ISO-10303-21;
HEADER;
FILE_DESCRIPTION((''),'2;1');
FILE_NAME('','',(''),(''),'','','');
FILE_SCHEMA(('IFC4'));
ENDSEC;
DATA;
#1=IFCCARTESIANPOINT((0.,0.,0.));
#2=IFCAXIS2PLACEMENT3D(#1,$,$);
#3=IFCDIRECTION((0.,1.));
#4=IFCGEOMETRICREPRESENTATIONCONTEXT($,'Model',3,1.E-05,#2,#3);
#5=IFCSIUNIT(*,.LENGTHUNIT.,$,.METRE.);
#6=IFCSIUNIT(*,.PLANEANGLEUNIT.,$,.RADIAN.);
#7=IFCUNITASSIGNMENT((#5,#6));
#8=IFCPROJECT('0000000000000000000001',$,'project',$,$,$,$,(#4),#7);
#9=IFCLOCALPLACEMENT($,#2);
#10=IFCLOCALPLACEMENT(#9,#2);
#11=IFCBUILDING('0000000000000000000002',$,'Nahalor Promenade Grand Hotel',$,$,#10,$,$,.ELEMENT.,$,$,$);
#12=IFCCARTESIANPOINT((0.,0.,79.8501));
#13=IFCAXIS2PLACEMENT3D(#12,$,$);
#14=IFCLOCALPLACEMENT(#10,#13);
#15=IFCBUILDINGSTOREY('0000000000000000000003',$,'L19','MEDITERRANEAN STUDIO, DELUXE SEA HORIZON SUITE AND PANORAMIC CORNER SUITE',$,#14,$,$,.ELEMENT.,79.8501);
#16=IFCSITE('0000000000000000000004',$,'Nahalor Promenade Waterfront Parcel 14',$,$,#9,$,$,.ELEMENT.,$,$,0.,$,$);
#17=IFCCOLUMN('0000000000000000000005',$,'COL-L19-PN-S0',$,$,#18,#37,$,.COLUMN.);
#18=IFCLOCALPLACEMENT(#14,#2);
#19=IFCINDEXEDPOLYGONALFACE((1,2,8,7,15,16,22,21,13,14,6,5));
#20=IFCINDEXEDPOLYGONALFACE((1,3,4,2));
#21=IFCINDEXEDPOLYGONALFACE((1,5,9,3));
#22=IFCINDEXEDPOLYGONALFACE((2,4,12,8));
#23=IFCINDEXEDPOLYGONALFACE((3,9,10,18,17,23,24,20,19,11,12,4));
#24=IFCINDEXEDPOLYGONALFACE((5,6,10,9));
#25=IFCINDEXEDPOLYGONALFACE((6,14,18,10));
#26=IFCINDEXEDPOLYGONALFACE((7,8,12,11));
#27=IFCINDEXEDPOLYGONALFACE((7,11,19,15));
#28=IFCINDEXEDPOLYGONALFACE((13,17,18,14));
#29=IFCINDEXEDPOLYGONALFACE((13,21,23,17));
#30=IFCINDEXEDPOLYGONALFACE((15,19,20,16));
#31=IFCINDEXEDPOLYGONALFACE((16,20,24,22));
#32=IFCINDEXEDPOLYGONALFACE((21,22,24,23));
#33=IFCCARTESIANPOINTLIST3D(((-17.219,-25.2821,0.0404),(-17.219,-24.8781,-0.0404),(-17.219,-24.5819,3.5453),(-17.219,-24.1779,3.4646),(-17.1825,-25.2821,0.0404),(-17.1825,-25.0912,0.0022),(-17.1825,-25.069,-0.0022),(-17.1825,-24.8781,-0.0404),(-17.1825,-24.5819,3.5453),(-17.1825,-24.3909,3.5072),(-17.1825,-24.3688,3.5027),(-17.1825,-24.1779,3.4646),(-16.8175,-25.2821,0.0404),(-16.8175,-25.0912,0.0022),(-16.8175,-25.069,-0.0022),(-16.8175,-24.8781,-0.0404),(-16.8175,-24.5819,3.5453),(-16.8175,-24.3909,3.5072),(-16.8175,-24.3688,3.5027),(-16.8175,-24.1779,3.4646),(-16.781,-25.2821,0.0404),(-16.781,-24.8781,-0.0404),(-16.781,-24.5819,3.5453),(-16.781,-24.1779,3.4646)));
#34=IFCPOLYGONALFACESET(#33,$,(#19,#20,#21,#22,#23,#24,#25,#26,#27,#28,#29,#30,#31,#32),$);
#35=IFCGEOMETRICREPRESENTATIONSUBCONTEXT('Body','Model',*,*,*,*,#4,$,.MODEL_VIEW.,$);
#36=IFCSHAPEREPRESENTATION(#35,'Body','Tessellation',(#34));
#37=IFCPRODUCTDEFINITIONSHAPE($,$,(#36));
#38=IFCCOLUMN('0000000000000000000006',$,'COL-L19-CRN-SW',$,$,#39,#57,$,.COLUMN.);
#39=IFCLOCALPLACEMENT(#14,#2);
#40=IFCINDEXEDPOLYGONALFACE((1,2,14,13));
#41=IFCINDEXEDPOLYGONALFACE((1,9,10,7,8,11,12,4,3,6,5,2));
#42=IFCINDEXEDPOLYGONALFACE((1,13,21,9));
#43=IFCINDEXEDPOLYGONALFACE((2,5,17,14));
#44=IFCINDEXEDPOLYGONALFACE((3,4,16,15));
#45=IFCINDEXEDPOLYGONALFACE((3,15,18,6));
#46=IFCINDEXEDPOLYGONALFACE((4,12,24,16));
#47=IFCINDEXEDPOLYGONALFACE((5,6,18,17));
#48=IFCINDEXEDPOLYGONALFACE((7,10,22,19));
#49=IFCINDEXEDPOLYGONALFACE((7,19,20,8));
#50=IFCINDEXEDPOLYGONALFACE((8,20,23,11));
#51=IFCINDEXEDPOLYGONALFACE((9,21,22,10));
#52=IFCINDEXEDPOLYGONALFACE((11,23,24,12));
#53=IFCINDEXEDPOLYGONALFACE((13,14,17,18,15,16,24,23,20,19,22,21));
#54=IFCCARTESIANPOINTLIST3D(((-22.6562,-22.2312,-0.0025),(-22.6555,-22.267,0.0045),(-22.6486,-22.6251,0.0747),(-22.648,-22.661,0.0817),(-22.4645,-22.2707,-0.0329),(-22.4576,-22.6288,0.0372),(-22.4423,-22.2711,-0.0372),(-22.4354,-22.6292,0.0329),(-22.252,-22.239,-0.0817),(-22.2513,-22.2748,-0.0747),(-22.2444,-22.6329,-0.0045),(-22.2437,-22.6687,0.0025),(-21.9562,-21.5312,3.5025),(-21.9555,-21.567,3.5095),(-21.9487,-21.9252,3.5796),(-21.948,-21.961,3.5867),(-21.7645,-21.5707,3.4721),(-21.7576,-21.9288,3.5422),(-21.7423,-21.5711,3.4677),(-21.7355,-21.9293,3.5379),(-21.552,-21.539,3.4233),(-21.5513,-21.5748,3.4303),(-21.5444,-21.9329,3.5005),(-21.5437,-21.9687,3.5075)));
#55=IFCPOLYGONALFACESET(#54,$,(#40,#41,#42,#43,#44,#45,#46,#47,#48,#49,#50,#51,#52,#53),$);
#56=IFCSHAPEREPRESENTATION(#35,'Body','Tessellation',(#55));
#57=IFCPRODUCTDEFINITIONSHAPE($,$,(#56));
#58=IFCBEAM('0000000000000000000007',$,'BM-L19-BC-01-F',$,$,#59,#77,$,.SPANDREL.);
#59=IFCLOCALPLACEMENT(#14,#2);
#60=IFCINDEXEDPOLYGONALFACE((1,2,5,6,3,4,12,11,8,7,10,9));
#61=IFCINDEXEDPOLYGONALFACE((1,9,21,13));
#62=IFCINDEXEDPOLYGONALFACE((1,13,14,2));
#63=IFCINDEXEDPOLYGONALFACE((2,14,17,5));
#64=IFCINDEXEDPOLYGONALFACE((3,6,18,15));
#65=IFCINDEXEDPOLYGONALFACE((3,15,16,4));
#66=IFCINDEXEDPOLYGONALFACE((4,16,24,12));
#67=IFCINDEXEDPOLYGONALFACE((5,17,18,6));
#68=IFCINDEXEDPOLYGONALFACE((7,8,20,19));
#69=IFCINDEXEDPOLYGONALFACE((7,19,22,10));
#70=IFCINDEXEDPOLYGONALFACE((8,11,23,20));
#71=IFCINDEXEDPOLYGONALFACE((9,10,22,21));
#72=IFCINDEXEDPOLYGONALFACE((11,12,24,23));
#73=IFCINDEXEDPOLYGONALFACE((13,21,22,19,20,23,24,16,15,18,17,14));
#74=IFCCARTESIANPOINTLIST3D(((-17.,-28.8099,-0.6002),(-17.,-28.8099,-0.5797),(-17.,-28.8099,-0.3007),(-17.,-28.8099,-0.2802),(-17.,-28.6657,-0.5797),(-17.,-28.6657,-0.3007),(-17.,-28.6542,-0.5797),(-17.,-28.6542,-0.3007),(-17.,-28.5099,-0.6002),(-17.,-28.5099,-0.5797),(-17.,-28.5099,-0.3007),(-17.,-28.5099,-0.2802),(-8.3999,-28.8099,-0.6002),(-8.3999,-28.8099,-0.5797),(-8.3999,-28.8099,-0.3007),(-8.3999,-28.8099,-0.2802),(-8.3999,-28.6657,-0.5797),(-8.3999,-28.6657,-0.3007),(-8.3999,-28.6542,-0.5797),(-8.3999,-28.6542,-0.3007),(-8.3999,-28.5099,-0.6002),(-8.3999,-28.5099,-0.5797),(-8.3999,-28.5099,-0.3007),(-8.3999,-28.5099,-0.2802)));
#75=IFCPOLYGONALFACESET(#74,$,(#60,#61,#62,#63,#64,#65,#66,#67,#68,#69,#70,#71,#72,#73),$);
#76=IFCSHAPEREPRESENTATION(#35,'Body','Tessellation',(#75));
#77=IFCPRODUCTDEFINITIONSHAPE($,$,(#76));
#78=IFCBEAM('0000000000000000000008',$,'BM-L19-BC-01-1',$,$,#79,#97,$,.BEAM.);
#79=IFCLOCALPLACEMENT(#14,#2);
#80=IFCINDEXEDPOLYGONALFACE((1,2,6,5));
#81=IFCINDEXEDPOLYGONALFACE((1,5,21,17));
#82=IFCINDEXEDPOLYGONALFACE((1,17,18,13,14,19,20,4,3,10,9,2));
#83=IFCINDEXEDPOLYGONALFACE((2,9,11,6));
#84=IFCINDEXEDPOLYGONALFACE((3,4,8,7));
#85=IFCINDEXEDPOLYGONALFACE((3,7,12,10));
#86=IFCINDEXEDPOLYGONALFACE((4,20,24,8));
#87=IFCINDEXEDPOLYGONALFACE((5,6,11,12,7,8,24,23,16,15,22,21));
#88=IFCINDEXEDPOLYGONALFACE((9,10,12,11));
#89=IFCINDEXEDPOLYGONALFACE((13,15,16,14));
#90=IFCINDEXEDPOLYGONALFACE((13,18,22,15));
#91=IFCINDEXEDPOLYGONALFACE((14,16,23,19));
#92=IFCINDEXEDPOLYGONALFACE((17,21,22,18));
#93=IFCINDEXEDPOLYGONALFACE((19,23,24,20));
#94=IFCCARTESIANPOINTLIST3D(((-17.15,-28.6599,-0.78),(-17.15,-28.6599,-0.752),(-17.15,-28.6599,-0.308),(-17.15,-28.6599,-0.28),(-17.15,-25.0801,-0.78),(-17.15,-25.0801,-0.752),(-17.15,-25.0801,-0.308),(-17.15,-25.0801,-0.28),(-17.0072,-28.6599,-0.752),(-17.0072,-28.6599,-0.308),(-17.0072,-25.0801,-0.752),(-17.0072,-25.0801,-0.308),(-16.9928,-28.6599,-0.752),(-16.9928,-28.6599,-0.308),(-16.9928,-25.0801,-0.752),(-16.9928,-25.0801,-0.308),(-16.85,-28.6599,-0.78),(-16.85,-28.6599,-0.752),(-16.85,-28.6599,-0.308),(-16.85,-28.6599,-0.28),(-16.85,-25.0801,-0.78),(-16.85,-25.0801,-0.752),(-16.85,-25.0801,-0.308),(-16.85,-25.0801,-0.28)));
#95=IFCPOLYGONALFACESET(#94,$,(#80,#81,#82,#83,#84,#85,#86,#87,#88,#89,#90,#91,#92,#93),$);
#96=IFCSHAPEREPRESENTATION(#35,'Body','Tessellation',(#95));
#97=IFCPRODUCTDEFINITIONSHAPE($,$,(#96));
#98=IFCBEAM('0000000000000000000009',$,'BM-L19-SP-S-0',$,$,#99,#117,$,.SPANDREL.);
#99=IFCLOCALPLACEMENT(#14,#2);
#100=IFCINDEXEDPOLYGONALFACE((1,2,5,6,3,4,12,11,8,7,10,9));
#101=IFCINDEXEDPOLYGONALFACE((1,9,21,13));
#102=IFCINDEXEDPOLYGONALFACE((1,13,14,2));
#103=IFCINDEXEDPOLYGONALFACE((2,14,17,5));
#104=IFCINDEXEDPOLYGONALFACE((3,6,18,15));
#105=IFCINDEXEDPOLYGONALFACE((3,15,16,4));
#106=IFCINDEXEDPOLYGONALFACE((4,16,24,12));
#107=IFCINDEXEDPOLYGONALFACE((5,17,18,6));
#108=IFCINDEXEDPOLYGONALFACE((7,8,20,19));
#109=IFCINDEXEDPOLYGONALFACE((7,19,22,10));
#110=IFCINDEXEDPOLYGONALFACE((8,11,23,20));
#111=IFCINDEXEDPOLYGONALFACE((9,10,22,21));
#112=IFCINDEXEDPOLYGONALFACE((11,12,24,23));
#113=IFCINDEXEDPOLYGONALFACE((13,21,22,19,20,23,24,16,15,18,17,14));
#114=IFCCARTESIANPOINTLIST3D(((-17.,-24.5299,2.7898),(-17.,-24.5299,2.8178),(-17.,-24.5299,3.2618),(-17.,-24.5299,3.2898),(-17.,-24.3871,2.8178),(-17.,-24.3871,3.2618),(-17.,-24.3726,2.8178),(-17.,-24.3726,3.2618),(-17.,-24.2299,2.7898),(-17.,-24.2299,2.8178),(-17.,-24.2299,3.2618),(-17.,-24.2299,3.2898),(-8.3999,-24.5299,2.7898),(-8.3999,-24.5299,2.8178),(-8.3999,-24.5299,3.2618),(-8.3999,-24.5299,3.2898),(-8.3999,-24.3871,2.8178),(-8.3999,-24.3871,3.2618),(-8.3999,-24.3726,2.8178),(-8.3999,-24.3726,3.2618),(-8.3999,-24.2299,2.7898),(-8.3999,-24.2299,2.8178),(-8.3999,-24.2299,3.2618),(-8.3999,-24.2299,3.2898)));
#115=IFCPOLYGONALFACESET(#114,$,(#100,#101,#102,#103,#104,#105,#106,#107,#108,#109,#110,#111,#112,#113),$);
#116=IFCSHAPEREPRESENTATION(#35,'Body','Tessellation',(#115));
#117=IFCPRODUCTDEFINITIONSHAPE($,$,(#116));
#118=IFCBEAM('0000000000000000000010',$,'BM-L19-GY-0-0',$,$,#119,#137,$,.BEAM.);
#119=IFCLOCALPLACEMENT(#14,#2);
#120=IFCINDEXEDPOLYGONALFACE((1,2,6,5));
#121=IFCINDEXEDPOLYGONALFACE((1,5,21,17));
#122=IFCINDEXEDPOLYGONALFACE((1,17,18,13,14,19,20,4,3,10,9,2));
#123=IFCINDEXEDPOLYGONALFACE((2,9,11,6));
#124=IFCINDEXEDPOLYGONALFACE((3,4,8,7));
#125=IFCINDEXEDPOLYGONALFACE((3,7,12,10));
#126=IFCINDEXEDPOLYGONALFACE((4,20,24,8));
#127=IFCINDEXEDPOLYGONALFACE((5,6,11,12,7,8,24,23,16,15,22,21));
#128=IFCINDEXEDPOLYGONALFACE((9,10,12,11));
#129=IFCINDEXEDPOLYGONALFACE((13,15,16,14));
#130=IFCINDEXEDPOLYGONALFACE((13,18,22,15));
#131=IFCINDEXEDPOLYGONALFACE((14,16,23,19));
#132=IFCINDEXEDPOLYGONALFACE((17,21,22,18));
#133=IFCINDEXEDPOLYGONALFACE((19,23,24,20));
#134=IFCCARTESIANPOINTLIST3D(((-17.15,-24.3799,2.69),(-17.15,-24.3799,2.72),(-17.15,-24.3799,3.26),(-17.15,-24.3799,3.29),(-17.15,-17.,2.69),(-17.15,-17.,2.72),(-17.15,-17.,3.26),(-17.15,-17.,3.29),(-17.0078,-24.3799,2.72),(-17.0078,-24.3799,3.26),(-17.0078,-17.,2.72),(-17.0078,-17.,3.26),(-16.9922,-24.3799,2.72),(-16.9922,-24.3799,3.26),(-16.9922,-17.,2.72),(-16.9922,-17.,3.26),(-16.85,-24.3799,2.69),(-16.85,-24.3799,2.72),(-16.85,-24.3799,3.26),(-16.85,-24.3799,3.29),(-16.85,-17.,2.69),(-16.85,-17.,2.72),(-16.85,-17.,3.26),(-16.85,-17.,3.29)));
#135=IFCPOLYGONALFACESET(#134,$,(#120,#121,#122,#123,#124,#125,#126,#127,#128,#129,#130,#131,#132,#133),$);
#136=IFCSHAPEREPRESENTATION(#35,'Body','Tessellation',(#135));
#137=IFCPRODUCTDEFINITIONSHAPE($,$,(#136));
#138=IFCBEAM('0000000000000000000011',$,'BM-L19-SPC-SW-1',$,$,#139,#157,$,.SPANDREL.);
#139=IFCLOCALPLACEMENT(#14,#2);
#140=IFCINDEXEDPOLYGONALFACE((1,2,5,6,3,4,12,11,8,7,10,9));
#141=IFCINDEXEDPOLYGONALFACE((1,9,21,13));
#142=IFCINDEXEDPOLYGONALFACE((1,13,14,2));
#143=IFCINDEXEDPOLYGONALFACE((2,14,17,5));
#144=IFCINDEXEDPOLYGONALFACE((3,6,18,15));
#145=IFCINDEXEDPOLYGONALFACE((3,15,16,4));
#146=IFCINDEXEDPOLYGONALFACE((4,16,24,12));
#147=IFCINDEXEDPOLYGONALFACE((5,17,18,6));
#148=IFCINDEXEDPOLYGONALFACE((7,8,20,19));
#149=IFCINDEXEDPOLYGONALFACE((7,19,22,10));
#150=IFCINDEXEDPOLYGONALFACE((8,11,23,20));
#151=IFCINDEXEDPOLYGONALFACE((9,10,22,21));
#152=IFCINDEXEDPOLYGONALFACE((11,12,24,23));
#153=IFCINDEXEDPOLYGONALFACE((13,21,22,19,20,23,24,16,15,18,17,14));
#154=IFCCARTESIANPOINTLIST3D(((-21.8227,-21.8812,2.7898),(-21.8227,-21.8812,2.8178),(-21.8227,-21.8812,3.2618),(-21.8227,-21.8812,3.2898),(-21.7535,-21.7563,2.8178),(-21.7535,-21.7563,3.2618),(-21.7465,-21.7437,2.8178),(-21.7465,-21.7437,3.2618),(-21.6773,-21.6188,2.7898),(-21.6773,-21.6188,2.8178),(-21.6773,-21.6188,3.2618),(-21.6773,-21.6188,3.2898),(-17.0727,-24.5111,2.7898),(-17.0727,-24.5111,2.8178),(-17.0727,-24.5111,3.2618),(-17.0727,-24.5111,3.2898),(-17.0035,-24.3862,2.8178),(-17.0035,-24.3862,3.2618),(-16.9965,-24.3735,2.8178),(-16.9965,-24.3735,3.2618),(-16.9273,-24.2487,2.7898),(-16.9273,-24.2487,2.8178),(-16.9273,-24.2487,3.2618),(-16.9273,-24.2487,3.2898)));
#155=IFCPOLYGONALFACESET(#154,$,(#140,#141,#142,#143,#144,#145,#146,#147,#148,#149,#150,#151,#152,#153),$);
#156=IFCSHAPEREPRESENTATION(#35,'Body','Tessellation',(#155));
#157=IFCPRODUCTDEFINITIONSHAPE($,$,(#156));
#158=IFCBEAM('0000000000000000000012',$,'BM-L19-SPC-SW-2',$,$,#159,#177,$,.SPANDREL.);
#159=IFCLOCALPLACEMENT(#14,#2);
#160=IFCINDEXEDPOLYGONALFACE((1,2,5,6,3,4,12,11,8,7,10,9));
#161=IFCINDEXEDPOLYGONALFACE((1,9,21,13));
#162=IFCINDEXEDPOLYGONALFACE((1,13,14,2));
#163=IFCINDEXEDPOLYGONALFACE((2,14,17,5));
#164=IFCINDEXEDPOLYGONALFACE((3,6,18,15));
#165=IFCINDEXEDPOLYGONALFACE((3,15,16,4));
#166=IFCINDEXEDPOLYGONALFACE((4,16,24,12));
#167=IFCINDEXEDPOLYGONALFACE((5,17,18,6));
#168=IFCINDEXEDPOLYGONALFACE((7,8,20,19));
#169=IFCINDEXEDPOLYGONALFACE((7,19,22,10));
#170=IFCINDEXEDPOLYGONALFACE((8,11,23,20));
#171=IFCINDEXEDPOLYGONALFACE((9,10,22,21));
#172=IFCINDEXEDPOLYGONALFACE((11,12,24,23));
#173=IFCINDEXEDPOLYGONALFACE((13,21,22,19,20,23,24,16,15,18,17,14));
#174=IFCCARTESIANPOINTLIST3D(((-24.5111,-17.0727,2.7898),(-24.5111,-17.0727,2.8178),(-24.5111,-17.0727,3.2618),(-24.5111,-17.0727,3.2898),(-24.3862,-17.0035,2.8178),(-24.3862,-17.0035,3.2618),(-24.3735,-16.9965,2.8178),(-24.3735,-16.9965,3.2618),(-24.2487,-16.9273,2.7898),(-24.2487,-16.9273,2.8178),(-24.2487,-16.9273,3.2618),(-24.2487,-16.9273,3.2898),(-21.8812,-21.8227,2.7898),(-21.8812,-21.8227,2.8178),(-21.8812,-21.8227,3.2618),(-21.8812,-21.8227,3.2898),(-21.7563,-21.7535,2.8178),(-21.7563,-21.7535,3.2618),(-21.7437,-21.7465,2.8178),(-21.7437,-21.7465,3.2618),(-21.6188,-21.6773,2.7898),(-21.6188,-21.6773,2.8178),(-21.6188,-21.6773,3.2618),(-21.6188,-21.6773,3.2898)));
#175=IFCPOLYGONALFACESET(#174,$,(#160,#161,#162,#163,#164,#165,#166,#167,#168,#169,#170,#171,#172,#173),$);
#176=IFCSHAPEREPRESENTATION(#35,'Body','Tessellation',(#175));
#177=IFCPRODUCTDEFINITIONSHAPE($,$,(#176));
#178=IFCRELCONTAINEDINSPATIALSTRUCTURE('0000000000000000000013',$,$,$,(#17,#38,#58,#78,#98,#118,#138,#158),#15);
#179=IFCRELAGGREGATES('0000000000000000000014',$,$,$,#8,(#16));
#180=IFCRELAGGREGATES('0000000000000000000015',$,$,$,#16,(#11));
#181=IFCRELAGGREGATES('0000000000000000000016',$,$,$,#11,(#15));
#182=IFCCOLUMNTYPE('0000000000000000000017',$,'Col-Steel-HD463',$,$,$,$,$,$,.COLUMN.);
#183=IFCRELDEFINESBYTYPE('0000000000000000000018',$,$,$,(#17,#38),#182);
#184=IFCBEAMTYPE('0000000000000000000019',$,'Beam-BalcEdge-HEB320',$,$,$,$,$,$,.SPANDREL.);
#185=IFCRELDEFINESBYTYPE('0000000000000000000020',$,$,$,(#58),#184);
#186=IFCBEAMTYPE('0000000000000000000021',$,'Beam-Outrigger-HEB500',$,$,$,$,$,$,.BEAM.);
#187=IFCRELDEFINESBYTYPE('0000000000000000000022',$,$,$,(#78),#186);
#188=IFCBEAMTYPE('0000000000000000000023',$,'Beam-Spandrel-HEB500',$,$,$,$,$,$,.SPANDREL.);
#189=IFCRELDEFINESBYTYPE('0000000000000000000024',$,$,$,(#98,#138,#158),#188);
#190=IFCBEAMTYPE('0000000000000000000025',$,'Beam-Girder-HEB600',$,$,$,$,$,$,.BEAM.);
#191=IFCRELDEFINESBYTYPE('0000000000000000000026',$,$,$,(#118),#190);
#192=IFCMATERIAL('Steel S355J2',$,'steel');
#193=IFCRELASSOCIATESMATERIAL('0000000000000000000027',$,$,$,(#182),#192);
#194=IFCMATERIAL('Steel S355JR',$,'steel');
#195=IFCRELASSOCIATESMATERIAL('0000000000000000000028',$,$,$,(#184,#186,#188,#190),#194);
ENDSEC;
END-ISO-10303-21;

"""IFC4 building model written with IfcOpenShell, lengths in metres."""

from ifc_helpers import new_model, si_unit, direction, frame, origin, origin_2d, place, context, subcontext, project, spatial, i_section, extrude, source, transform, mapped, material, material_profile, profile_set, type_object, element, save


model = new_model("IFC4")

# Units and contexts
model_context = context("Model", 3, precision=1e-05, world=origin(), true_north=direction((0.0, 1.0)))
body_context = subcontext(model_context, "Body", "Model", "MODEL_VIEW")
ifc_project = project(units=[si_unit("LENGTHUNIT", "METRE"), si_unit("PLANEANGLEUNIT", "RADIAN")], contexts=[model_context])

# Site, building, storey
site_placement = place(None, origin())
site = spatial("IfcSite", under=ifc_project, at=site_placement, Name="Nahalor Promenade Waterfront Parcel 14", CompositionType="ELEMENT", RefElevation=0.0)
building_placement = place(site_placement, origin())
building = spatial("IfcBuilding", under=site, at=building_placement, Name="Nahalor Promenade Grand Hotel", CompositionType="ELEMENT")
storey_placement = place(building_placement, frame((0.0, 0.0, 79.8501)))
storey = spatial("IfcBuildingStorey", under=building, at=storey_placement, Name="L19", Description="MEDITERRANEAN STUDIO, DELUXE SEA HORIZON SUITE AND PANORAMIC CORNER SUITE", CompositionType="ELEMENT", Elevation=79.8501)

# Columns
ifc_material_1 = material(Name="Steel S355J2", Category="steel")
ifc_material_profile_1 = material_profile(ifc_material_1, i_section(OverallWidth=0.412, OverallDepth=0.438, WebThickness=0.0226, FlangeThickness=0.0365, at=origin_2d()), Name="HD 400x463")
ifc_profile_set_1 = profile_set([ifc_material_profile_1], Name="Steel S355J2")
column_type = type_object("IfcColumnType", Name="Col-Steel-HD463", PredefinedType="COLUMN", material=ifc_profile_set_1)
shared_shape_1 = source(origin(), body_context, "Body", "SweptSolid", [
    extrude(i_section(OverallWidth=0.412, OverallDepth=0.438, WebThickness=0.0226, FlangeThickness=0.0365, at=origin_2d()), origin(), (0.0, 0.0, 1.0), 3.5742),
])
column_1_placement = place(storey_placement, frame((-17.0, -25.0801, 0.0), z_axis=(0.0, 0.195906, 0.980623), x_axis=(0.0, -0.980623, 0.195906)))
element("IfcColumn", 1, at=column_1_placement, inside=storey, type_object=column_type, Name="COL-L19-PN-S0", PredefinedType="COLUMN", context=body_context, shape_type="MappedRepresentation", body=[
    mapped(shared_shape_1, transform((0.0, 0.0, 0.0), scale=1.0)),
])
shared_shape_2 = source(origin(), body_context, "Body", "SweptSolid", [
    extrude(i_section(OverallWidth=0.412, OverallDepth=0.438, WebThickness=0.0226, FlangeThickness=0.0365, at=origin_2d()), origin(), (0.0, 0.0, 1.0), 3.6421),
])
column_2_placement = place(storey_placement, frame((-22.45, -22.45, 0.0), z_axis=(0.192189, 0.192189, 0.962355), x_axis=(-0.981177, 0.018823, 0.192189)))
element("IfcColumn", 2, at=column_2_placement, inside=storey, type_object=column_type, Name="COL-L19-CRN-SW", PredefinedType="COLUMN", context=body_context, shape_type="MappedRepresentation", body=[
    mapped(shared_shape_2, transform((0.0, 0.0, 0.0), scale=1.0)),
])

# Beams
ifc_material_2 = material(Name="Steel S355JR", Category="steel")
ifc_material_profile_2 = material_profile(ifc_material_2, i_section(OverallWidth=0.3, OverallDepth=0.32, WebThickness=0.0115, FlangeThickness=0.0205, at=origin_2d()), Name="HEB 320")
ifc_profile_set_2 = profile_set([ifc_material_profile_2], Name="Steel S355JR")
beam_type_1 = type_object("IfcBeamType", Name="Beam-BalcEdge-HEB320", PredefinedType="SPANDREL", material=ifc_profile_set_2)
shared_shape_3 = source(origin(), body_context, "Body", "SweptSolid", [
    extrude(i_section(OverallWidth=0.3, OverallDepth=0.32, WebThickness=0.0115, FlangeThickness=0.0205, at=origin_2d()), origin(), (0.0, 0.0, 1.0), 8.6001),
])
beam_1_placement = place(storey_placement, frame((-17.0, -28.6599, -0.4402), z_axis=(1.0, 0.0, 0.0), x_axis=(0.0, 1.0, 0.0)))
element("IfcBeam", 3, at=beam_1_placement, inside=storey, type_object=beam_type_1, Name="BM-L19-BC-01-F", PredefinedType="SPANDREL", context=body_context, shape_type="MappedRepresentation", body=[
    mapped(shared_shape_3, transform((0.0, 0.0, 0.0), scale=1.0)),
])
ifc_material_profile_3 = material_profile(ifc_material_2, i_section(OverallWidth=0.3, OverallDepth=0.5, WebThickness=0.0145, FlangeThickness=0.028, at=origin_2d()), Name="HEB 500")
ifc_profile_set_3 = profile_set([ifc_material_profile_3], Name="Steel S355JR")
beam_type_2 = type_object("IfcBeamType", Name="Beam-Outrigger-HEB500", PredefinedType="BEAM", material=ifc_profile_set_3)
shared_shape_4 = source(origin(), body_context, "Body", "SweptSolid", [
    extrude(i_section(OverallWidth=0.3, OverallDepth=0.5, WebThickness=0.0145, FlangeThickness=0.028, at=origin_2d()), origin(), (0.0, 0.0, 1.0), 3.5798),
])
beam_2_placement = place(storey_placement, frame((-17.0, -28.6599, -0.53), z_axis=(0.0, 1.0, 0.0), x_axis=(-1.0, 0.0, 0.0)))
element("IfcBeam", 4, at=beam_2_placement, inside=storey, type_object=beam_type_2, Name="BM-L19-BC-01-1", PredefinedType="BEAM", context=body_context, shape_type="MappedRepresentation", body=[
    mapped(shared_shape_4, transform((0.0, 0.0, 0.0), scale=1.0)),
])
ifc_material_profile_4 = material_profile(ifc_material_2, i_section(OverallWidth=0.3, OverallDepth=0.5, WebThickness=0.0145, FlangeThickness=0.028, at=origin_2d()), Name="HEB 500")
ifc_profile_set_4 = profile_set([ifc_material_profile_4], Name="Steel S355JR")
beam_type_3 = type_object("IfcBeamType", Name="Beam-Spandrel-HEB500", PredefinedType="SPANDREL", material=ifc_profile_set_4)
shared_shape_5 = source(origin(), body_context, "Body", "SweptSolid", [
    extrude(i_section(OverallWidth=0.3, OverallDepth=0.5, WebThickness=0.0145, FlangeThickness=0.028, at=origin_2d()), origin(), (0.0, 0.0, 1.0), 8.6001),
])
beam_3_placement = place(storey_placement, frame((-17.0, -24.3799, 3.0398), z_axis=(1.0, 0.0, 0.0), x_axis=(0.0, 1.0, 0.0)))
element("IfcBeam", 5, at=beam_3_placement, inside=storey, type_object=beam_type_3, Name="BM-L19-SP-S-0", PredefinedType="SPANDREL", context=body_context, shape_type="MappedRepresentation", body=[
    mapped(shared_shape_5, transform((0.0, 0.0, 0.0), scale=1.0)),
])
ifc_material_profile_5 = material_profile(ifc_material_2, i_section(OverallWidth=0.3, OverallDepth=0.6, WebThickness=0.0155, FlangeThickness=0.03, at=origin_2d()), Name="HEB 600")
ifc_profile_set_5 = profile_set([ifc_material_profile_5], Name="Steel S355JR")
beam_type_4 = type_object("IfcBeamType", Name="Beam-Girder-HEB600", PredefinedType="BEAM", material=ifc_profile_set_5)
shared_shape_6 = source(origin(), body_context, "Body", "SweptSolid", [
    extrude(i_section(OverallWidth=0.3, OverallDepth=0.6, WebThickness=0.0155, FlangeThickness=0.03, at=origin_2d()), origin(), (0.0, 0.0, 1.0), 7.3799),
])
beam_4_placement = place(storey_placement, frame((-17.0, -24.3799, 2.99), z_axis=(0.0, 1.0, 0.0), x_axis=(-1.0, 0.0, 0.0)))
element("IfcBeam", 6, at=beam_4_placement, inside=storey, type_object=beam_type_4, Name="BM-L19-GY-0-0", PredefinedType="BEAM", context=body_context, shape_type="MappedRepresentation", body=[
    mapped(shared_shape_6, transform((0.0, 0.0, 0.0), scale=1.0)),
])
shared_shape_7 = source(origin(), body_context, "Body", "SweptSolid", [
    extrude(i_section(OverallWidth=0.3, OverallDepth=0.5, WebThickness=0.0145, FlangeThickness=0.028, at=origin_2d()), origin(), (0.0, 0.0, 1.0), 5.4294),
])
for number, where, z_axis, x_axis, name in (
    (7, (-17.0, -24.3799, 3.0398), (-0.874861, 0.484375, 0.0), (-0.484375, -0.874861, 0.0), "BM-L19-SPC-SW-1"),
    (8, (-21.75, -21.75, 3.0398), (-0.484375, 0.874861, 0.0), (-0.874861, -0.484375, 0.0), "BM-L19-SPC-SW-2"),
):
    element("IfcBeam", number, at=place(storey_placement, frame(where, z_axis=z_axis, x_axis=x_axis)), inside=storey, type_object=beam_type_3, Name=name, PredefinedType="SPANDREL", context=body_context, shape_type="MappedRepresentation", body=[
        mapped(shared_shape_7, transform((0.0, 0.0, 0.0), scale=1.0)),
    ])

save(model, "model.ifc")
